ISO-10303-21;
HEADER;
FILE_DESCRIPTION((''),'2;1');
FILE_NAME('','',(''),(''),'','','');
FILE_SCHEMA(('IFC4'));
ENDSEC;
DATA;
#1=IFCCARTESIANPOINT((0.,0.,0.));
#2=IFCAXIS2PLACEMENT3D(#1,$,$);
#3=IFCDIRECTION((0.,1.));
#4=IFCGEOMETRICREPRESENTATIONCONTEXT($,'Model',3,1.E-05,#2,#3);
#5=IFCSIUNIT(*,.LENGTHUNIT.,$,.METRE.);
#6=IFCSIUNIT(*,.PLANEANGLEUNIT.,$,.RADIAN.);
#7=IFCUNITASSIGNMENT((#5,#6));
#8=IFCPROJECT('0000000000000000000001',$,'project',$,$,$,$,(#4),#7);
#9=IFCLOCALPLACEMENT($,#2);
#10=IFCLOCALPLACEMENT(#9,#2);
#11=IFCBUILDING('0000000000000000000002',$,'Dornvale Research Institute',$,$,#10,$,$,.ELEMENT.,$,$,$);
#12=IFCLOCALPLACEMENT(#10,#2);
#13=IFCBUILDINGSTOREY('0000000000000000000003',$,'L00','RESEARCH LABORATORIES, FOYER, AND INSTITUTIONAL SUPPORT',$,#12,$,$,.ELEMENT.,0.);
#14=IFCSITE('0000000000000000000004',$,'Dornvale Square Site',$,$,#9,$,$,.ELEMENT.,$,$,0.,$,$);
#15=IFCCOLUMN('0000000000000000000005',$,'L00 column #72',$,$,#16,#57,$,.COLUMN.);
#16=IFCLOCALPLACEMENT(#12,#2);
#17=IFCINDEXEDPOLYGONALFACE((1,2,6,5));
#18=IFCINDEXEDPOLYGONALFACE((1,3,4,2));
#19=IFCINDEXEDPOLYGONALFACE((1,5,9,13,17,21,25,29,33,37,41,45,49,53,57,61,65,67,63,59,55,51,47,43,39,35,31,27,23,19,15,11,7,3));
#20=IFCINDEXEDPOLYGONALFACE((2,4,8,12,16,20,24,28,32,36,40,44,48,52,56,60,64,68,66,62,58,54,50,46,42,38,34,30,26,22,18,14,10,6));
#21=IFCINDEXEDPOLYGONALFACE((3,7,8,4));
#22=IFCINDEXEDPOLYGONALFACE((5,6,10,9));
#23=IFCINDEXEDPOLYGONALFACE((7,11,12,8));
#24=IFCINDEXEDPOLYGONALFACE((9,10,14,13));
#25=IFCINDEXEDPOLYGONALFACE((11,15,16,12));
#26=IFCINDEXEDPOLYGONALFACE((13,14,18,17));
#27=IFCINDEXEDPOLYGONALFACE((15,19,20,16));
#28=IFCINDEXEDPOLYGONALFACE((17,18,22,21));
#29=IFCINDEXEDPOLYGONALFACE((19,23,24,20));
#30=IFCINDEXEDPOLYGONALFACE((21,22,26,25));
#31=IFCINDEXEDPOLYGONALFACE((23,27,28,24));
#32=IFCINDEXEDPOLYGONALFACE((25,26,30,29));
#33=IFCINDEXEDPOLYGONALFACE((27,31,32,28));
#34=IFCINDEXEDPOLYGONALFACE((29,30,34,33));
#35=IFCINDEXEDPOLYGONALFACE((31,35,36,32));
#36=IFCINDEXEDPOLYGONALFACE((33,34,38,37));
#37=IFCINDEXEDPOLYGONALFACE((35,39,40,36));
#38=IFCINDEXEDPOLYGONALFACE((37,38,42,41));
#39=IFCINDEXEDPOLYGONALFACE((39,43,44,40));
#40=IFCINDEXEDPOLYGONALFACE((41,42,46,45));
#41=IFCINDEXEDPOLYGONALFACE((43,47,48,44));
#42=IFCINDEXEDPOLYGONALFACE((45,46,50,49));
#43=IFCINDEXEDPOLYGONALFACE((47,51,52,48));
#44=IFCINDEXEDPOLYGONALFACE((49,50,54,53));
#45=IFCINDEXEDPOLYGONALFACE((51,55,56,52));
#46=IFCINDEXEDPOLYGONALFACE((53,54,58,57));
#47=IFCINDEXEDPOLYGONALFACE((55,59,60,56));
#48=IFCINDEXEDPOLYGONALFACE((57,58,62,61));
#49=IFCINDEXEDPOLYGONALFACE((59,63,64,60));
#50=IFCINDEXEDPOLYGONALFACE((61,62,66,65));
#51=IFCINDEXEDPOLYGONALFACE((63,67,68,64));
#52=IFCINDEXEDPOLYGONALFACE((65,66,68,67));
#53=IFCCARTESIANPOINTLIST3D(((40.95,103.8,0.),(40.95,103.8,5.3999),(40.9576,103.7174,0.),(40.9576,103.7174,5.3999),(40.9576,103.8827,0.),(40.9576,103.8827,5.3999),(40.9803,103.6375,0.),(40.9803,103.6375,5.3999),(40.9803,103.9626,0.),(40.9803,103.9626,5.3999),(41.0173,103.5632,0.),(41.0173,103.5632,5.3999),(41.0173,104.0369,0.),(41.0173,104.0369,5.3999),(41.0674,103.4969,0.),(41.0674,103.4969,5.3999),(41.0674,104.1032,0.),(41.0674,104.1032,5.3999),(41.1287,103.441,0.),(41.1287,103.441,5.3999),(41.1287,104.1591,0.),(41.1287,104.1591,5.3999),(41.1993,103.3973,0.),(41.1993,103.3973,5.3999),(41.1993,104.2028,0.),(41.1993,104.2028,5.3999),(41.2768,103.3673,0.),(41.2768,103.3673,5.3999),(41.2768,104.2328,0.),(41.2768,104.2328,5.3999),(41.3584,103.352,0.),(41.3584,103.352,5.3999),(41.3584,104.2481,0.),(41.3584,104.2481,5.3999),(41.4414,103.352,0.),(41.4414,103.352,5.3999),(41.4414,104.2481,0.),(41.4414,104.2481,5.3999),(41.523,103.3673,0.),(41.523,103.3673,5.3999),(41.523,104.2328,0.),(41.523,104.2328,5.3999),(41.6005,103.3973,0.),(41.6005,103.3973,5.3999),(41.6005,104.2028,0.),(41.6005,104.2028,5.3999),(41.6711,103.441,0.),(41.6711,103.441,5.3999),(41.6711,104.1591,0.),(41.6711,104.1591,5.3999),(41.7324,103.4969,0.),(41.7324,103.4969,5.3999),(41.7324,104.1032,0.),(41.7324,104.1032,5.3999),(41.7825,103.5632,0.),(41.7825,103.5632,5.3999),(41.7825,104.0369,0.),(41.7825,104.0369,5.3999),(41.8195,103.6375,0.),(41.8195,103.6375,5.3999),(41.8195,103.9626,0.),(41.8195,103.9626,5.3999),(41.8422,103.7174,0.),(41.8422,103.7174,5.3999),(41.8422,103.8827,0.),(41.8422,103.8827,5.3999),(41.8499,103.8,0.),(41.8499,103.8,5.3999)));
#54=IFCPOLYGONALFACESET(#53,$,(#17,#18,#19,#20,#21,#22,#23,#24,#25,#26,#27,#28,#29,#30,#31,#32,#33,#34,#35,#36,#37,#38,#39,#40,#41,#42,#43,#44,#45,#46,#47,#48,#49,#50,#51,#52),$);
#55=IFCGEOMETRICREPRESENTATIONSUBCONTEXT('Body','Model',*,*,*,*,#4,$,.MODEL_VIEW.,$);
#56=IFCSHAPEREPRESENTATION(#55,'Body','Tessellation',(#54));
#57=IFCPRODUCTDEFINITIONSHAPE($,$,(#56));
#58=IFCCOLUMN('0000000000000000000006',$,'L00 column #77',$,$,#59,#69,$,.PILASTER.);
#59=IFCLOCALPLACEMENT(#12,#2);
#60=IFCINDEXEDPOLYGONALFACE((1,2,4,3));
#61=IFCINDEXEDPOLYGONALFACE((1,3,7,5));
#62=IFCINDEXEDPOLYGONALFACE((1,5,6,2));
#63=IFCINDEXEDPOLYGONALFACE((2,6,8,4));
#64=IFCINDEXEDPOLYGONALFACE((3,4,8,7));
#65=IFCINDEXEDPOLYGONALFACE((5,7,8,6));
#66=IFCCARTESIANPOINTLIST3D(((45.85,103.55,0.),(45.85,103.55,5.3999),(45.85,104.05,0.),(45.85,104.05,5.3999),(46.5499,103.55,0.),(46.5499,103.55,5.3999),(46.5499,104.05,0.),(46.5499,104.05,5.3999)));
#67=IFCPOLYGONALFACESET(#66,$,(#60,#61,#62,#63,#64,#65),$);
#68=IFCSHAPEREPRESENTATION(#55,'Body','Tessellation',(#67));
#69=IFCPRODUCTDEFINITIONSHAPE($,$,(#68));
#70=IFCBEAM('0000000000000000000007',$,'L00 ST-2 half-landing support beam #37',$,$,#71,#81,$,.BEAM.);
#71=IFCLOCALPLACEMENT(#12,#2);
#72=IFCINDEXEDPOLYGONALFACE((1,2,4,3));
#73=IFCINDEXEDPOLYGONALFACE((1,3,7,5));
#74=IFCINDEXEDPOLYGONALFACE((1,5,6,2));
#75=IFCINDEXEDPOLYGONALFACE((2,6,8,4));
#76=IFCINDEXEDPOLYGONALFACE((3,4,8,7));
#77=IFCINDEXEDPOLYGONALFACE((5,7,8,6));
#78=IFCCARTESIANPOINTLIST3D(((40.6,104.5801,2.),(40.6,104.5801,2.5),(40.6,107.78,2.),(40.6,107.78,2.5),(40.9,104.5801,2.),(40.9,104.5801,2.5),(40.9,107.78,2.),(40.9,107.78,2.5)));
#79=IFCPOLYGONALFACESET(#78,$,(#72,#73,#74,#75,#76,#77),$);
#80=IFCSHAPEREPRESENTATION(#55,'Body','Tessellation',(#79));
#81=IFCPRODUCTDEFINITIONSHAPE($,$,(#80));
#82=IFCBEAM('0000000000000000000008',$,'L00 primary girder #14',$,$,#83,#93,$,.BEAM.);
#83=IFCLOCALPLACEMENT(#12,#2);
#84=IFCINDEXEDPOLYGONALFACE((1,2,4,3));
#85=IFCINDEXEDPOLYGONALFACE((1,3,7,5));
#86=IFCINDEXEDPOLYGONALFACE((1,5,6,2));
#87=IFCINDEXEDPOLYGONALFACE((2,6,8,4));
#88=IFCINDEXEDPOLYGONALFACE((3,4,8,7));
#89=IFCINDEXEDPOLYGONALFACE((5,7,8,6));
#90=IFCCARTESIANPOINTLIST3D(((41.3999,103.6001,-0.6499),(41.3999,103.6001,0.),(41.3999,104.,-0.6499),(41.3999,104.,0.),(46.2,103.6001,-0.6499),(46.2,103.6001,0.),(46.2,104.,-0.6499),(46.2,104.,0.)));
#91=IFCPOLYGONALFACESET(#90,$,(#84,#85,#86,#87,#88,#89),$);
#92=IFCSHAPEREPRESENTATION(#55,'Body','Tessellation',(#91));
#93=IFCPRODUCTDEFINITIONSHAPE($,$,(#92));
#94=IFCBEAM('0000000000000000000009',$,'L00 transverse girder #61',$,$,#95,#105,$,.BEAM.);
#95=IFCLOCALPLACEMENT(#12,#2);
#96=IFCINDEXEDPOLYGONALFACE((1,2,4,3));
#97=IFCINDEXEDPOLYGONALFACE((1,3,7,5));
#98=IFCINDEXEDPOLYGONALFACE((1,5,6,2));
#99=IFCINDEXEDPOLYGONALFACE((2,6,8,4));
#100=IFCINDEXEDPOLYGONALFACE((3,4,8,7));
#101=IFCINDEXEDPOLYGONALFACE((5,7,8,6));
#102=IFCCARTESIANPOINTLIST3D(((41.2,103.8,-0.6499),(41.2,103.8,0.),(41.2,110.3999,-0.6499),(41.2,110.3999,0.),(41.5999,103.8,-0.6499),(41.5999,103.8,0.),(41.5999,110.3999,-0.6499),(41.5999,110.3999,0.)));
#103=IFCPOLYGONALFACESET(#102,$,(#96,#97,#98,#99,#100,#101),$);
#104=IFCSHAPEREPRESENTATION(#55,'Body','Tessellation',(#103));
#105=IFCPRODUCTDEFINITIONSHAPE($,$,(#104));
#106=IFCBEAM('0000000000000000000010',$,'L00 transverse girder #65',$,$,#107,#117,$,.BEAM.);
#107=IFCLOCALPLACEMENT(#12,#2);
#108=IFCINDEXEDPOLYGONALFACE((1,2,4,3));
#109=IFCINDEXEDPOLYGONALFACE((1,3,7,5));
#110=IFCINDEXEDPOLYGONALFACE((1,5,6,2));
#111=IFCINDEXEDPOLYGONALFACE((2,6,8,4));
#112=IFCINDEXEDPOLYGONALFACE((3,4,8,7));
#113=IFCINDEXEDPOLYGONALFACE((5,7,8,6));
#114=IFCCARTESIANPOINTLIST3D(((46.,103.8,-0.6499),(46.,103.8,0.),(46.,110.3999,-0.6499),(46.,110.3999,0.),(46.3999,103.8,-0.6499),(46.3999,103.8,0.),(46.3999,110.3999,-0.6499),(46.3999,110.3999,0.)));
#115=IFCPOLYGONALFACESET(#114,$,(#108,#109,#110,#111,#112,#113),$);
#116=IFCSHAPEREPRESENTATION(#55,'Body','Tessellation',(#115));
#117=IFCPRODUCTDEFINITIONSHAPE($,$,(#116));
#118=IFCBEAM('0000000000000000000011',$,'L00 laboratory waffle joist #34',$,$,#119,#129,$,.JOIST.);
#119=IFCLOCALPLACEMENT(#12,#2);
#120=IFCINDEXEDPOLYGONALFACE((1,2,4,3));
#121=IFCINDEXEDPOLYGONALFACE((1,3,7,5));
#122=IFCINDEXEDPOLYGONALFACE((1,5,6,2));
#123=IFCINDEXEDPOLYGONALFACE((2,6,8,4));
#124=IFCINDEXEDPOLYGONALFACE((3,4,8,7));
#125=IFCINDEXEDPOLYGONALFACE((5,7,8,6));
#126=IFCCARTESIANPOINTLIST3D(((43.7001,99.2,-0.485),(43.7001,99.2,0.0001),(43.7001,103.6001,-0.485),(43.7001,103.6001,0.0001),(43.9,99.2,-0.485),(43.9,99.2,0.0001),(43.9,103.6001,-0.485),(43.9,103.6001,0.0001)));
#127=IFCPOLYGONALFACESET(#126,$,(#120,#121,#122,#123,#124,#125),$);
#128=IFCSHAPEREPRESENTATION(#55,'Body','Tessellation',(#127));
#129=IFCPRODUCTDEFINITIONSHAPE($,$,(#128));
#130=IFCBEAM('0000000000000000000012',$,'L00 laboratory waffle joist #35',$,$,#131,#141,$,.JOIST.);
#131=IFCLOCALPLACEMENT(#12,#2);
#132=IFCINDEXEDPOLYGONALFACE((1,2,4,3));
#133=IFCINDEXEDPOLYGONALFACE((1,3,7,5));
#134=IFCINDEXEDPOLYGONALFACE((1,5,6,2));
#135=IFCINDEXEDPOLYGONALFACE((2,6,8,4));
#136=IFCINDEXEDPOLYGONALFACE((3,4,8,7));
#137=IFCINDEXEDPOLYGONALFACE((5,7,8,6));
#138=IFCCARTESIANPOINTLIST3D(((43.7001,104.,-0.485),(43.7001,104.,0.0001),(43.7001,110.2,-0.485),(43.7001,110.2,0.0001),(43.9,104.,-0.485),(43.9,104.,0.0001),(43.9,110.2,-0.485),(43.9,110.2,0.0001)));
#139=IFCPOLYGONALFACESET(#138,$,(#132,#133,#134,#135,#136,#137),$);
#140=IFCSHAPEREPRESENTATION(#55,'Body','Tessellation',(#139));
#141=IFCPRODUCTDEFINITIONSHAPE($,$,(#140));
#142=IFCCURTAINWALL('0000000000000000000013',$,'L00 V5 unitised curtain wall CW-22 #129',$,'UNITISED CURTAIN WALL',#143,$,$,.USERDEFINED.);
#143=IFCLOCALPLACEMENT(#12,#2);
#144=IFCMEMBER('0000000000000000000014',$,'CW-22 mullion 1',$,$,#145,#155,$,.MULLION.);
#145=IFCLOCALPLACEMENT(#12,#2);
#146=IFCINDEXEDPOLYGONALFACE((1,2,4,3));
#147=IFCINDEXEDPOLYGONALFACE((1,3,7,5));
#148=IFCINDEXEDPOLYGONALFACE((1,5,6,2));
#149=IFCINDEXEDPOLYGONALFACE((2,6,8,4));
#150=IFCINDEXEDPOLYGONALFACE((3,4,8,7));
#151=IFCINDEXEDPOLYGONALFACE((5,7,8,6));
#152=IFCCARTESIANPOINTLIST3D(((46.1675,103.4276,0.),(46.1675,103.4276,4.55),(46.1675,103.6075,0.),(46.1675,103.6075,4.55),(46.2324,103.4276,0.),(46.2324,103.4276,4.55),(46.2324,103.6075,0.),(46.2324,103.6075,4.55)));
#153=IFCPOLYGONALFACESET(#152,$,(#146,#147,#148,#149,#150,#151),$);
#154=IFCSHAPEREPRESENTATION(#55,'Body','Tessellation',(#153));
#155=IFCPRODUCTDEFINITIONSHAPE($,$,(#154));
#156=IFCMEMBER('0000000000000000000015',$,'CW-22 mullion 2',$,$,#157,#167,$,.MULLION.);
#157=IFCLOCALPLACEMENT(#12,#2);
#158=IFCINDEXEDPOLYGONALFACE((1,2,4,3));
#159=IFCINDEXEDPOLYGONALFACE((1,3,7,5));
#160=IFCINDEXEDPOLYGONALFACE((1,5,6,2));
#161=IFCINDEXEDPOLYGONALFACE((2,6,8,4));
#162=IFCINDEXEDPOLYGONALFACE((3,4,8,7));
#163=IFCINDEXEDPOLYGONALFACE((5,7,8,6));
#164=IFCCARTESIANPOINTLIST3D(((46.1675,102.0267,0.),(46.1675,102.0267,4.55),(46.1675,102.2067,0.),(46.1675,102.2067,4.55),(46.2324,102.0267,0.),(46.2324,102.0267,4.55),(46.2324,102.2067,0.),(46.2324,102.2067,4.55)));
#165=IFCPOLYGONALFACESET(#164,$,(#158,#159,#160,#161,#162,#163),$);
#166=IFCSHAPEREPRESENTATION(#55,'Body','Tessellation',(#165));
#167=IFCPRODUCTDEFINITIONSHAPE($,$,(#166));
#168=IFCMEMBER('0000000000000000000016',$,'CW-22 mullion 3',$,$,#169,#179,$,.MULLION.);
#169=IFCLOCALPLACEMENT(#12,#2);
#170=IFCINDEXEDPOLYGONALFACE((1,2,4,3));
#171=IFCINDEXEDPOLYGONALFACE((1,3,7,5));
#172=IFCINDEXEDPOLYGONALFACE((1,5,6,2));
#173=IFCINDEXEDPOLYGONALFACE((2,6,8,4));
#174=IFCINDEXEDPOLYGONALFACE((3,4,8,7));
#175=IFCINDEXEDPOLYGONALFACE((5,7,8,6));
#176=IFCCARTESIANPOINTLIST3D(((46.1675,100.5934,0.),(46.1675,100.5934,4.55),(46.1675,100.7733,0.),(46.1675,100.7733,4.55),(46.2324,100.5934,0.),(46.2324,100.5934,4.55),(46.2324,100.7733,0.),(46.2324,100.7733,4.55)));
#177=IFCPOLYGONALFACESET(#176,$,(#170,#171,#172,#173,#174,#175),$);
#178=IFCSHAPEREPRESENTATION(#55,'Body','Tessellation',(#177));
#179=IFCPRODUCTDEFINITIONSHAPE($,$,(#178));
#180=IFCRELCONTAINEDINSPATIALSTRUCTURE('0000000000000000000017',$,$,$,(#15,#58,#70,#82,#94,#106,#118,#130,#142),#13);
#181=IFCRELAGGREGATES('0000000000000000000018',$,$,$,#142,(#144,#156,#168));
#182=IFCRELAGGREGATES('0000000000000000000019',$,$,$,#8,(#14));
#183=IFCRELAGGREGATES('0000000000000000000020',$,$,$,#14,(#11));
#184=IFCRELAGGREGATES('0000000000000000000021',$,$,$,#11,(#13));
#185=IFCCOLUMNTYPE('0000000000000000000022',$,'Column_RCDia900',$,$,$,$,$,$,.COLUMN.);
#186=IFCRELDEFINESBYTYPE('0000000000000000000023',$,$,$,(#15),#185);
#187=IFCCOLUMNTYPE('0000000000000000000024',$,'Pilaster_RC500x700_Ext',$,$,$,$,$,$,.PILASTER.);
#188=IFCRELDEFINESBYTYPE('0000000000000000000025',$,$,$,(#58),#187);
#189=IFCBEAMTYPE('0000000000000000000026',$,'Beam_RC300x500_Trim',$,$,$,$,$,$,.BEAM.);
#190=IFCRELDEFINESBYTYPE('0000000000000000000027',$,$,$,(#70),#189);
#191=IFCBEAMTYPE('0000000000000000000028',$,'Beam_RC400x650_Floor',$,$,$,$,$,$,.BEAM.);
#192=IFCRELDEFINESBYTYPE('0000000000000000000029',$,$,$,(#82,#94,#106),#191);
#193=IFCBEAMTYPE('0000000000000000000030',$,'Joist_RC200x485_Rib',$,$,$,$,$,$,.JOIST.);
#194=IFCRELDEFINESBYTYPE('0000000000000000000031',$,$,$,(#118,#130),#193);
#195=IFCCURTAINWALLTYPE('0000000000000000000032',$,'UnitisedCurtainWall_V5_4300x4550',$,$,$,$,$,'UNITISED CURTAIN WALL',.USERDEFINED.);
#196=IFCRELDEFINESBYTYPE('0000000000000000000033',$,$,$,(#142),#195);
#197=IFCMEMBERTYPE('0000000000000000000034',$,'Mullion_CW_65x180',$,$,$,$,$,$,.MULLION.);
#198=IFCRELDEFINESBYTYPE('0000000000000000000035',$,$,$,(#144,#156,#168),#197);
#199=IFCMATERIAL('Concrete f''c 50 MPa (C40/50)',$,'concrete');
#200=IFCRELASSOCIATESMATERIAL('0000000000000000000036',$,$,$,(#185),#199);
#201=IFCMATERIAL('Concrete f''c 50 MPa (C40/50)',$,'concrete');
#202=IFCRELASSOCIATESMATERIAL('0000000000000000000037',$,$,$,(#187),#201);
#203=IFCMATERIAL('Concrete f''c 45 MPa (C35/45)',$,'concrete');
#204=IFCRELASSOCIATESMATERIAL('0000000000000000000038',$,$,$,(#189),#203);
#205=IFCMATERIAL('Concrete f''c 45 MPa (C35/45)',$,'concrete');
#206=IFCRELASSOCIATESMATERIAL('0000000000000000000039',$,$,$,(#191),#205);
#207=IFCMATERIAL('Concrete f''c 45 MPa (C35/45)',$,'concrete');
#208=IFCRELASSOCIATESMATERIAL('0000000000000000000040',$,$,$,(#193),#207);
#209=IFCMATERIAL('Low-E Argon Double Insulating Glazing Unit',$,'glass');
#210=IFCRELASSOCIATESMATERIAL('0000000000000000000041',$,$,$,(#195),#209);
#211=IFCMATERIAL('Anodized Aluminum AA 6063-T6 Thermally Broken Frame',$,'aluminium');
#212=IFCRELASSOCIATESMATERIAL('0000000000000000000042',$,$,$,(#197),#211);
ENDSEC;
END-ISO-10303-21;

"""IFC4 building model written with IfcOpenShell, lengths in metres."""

from ifc_helpers import new_model, si_unit, direction, frame, origin, origin_2d, place, context, subcontext, project, spatial, rectangle, circle, extrude, material, material_profile, profile_set, type_object, element, aggregate, save


model = new_model("IFC4")

# Units and contexts
model_context = context("Model", 3, precision=1e-05, world=origin(), true_north=direction((0.0, 1.0)))
body_context = subcontext(model_context, "Body", "Model", "MODEL_VIEW")
ifc_project = project(units=[si_unit("LENGTHUNIT", "METRE"), si_unit("PLANEANGLEUNIT", "RADIAN")], contexts=[model_context])

# Site, building, storey
site_placement = place(None, origin())
site = spatial("IfcSite", under=ifc_project, at=site_placement, Name="Dornvale Square Site", CompositionType="ELEMENT", RefElevation=0.0)
building_placement = place(site_placement, origin())
building = spatial("IfcBuilding", under=site, at=building_placement, Name="Dornvale Research Institute", CompositionType="ELEMENT")
storey_placement = place(building_placement, origin())
storey = spatial("IfcBuildingStorey", under=building, at=storey_placement, Name="L00", Description="RESEARCH LABORATORIES, FOYER, AND INSTITUTIONAL SUPPORT", CompositionType="ELEMENT", Elevation=0.0)

# Columns
ifc_material_1 = material(Name="Concrete f'c 50 MPa (C40/50)", Category="concrete")
ifc_material_profile_1 = material_profile(ifc_material_1, circle(Radius=0.45, at=origin_2d()), Name="RC DIA 900")
ifc_profile_set_1 = profile_set([ifc_material_profile_1], Name="Concrete f'c 50 MPa (C40/50)")
column_type_1 = type_object("IfcColumnType", Name="Column_RCDia900", PredefinedType="COLUMN", material=ifc_profile_set_1)
column_1_placement = place(storey_placement, frame((41.3999, 103.8, 0.0), z_axis=(0.0, 0.0, 1.0), x_axis=(1.0, 0.0, 0.0)))
element("IfcColumn", 1, at=column_1_placement, inside=storey, type_object=column_type_1, Name="L00 column #72", PredefinedType="COLUMN", context=body_context, shape_type="SweptSolid", body=[
    extrude(circle(Radius=0.45, at=origin_2d()), origin(), (0.0, 0.0, 1.0), 5.3999),
])
ifc_material_2 = material(Name="Concrete f'c 50 MPa (C40/50)", Category="concrete")
ifc_material_profile_2 = material_profile(ifc_material_2, rectangle(XDim=0.5, YDim=0.7, at=origin_2d()), Name="RC 500x700")
ifc_profile_set_2 = profile_set([ifc_material_profile_2], Name="Concrete f'c 50 MPa (C40/50)")
column_type_2 = type_object("IfcColumnType", Name="Pilaster_RC500x700_Ext", PredefinedType="PILASTER", material=ifc_profile_set_2)
column_2_placement = place(storey_placement, frame((46.2, 103.8, 0.0), z_axis=(0.0, 0.0, 1.0), x_axis=(0.0, 1.0, 0.0)))
element("IfcColumn", 2, at=column_2_placement, inside=storey, type_object=column_type_2, Name="L00 column #77", PredefinedType="PILASTER", context=body_context, shape_type="SweptSolid", body=[
    extrude(rectangle(XDim=0.5, YDim=0.7, at=origin_2d()), origin(), (0.0, 0.0, 1.0), 5.3999),
])

# Beams
ifc_material_3 = material(Name="Concrete f'c 45 MPa (C35/45)", Category="concrete")
ifc_material_profile_3 = material_profile(ifc_material_3, rectangle(XDim=0.3, YDim=0.5, at=origin_2d()), Name="RC 300x500")
ifc_profile_set_3 = profile_set([ifc_material_profile_3], Name="Concrete f'c 45 MPa (C35/45)")
beam_type_1 = type_object("IfcBeamType", Name="Beam_RC300x500_Trim", PredefinedType="BEAM", material=ifc_profile_set_3)
beam_1_placement = place(storey_placement, frame((40.75, 104.5801, 2.25), z_axis=(0.0, 1.0, 0.0), x_axis=(-1.0, 0.0, 0.0)))
element("IfcBeam", 3, at=beam_1_placement, inside=storey, type_object=beam_type_1, Name="L00 ST-2 half-landing support beam #37", PredefinedType="BEAM", context=body_context, shape_type="SweptSolid", body=[
    extrude(rectangle(XDim=0.3, YDim=0.5, at=origin_2d()), origin(), (0.0, 0.0, 1.0), 3.2),
])
ifc_material_4 = material(Name="Concrete f'c 45 MPa (C35/45)", Category="concrete")
ifc_material_profile_4 = material_profile(ifc_material_4, rectangle(XDim=0.3999, YDim=0.6499, at=origin_2d()), Name="RC 400x650")
ifc_profile_set_4 = profile_set([ifc_material_profile_4], Name="Concrete f'c 45 MPa (C35/45)")
beam_type_2 = type_object("IfcBeamType", Name="Beam_RC400x650_Floor", PredefinedType="BEAM", material=ifc_profile_set_4)
beam_2_placement = place(storey_placement, frame((41.3999, 103.8, -0.325), z_axis=(1.0, 0.0, 0.0), x_axis=(0.0, 1.0, 0.0)))
element("IfcBeam", 4, at=beam_2_placement, inside=storey, type_object=beam_type_2, Name="L00 primary girder #14", PredefinedType="BEAM", context=body_context, shape_type="SweptSolid", body=[
    extrude(rectangle(XDim=0.3999, YDim=0.6499, at=origin_2d()), origin(), (0.0, 0.0, 1.0), 4.8),
])
for number, where, z_axis, x_axis, name in (
    (5, (41.3999, 103.8, -0.325), (0.0, 1.0, 0.0), (-1.0, 0.0, 0.0), "L00 transverse girder #61"),
    (6, (46.2, 103.8, -0.325), (0.0, 1.0, 0.0), (-1.0, 0.0, 0.0), "L00 transverse girder #65"),
):
    element("IfcBeam", number, at=place(storey_placement, frame(where, z_axis=z_axis, x_axis=x_axis)), inside=storey, type_object=beam_type_2, Name=name, PredefinedType="BEAM", context=body_context, shape_type="SweptSolid", body=[
        extrude(rectangle(XDim=0.3999, YDim=0.6499, at=origin_2d()), origin(), (0.0, 0.0, 1.0), 6.5999),
    ])
ifc_material_5 = material(Name="Concrete f'c 45 MPa (C35/45)", Category="concrete")
ifc_material_profile_5 = material_profile(ifc_material_5, rectangle(XDim=0.2, YDim=0.4851, at=origin_2d()), Name="RC 200x485")
ifc_profile_set_5 = profile_set([ifc_material_profile_5], Name="Concrete f'c 45 MPa (C35/45)")
beam_type_3 = type_object("IfcBeamType", Name="Joist_RC200x485_Rib", PredefinedType="JOIST", material=ifc_profile_set_5)
beam_3_placement = place(storey_placement, frame((43.8, 99.2, -0.2424), z_axis=(0.0, 1.0, 0.0), x_axis=(-1.0, 0.0, 0.0)))
element("IfcBeam", 7, at=beam_3_placement, inside=storey, type_object=beam_type_3, Name="L00 laboratory waffle joist #34", PredefinedType="JOIST", context=body_context, shape_type="SweptSolid", body=[
    extrude(rectangle(XDim=0.2, YDim=0.4851, at=origin_2d()), origin(), (0.0, 0.0, 1.0), 4.4001),
])
beam_4_placement = place(storey_placement, frame((43.8, 104.0, -0.2424), z_axis=(0.0, 1.0, 0.0), x_axis=(-1.0, 0.0, 0.0)))
element("IfcBeam", 8, at=beam_4_placement, inside=storey, type_object=beam_type_3, Name="L00 laboratory waffle joist #35", PredefinedType="JOIST", context=body_context, shape_type="SweptSolid", body=[
    extrude(rectangle(XDim=0.2, YDim=0.4851, at=origin_2d()), origin(), (0.0, 0.0, 1.0), 6.2),
])

# Curtain wall, members
ifc_material_6 = material(Name="Low-E Argon Double Insulating Glazing Unit", Category="glass")
curtain_wall_type = type_object("IfcCurtainWallType", Name="UnitisedCurtainWall_V5_4300x4550", ElementType="UNITISED CURTAIN WALL", PredefinedType="USERDEFINED", material=ifc_material_6)
curtain_wall_placement = place(storey_placement, origin())
curtain_wall = element("IfcCurtainWall", 9, at=curtain_wall_placement, inside=storey, type_object=curtain_wall_type, Name="L00 V5 unitised curtain wall CW-22 #129", ObjectType="UNITISED CURTAIN WALL", PredefinedType="USERDEFINED")
ifc_material_7 = material(Name="Anodized Aluminum AA 6063-T6 Thermally Broken Frame", Category="aluminium")
ifc_material_profile_6 = material_profile(ifc_material_7, rectangle(XDim=0.0649, YDim=0.1799, at=origin_2d()), Name="ALU MULLION 65x180")
ifc_profile_set_6 = profile_set([ifc_material_profile_6], Name="Anodized Aluminum AA 6063-T6 Thermally Broken Frame")
member_type_1 = type_object("IfcMemberType", Name="Mullion_CW_65x180", PredefinedType="MULLION", material=ifc_profile_set_6)
member_1_placement = place(storey_placement, frame((46.2, 103.5176, 0.0), z_axis=(0.0, 0.0, 1.0), x_axis=(1.0, 0.0, 0.0)))
member_1 = element("IfcMember", 10, at=member_1_placement, type_object=member_type_1, Name="CW-22 mullion 1", PredefinedType="MULLION", context=body_context, shape_type="SweptSolid", body=[
    extrude(rectangle(XDim=0.0649, YDim=0.1799, at=origin_2d()), origin(), (0.0, 0.0, 1.0), 4.55),
])
member_2_placement = place(storey_placement, frame((46.2, 102.1167, 0.0), z_axis=(0.0, 0.0, 1.0), x_axis=(1.0, 0.0, 0.0)))
member_2 = element("IfcMember", 11, at=member_2_placement, type_object=member_type_1, Name="CW-22 mullion 2", PredefinedType="MULLION", context=body_context, shape_type="SweptSolid", body=[
    extrude(rectangle(XDim=0.0649, YDim=0.1799, at=origin_2d()), origin(), (0.0, 0.0, 1.0), 4.55),
])
member_3_placement = place(storey_placement, frame((46.2, 100.6833, 0.0), z_axis=(0.0, 0.0, 1.0), x_axis=(1.0, 0.0, 0.0)))
member_3 = element("IfcMember", 12, at=member_3_placement, type_object=member_type_1, Name="CW-22 mullion 3", PredefinedType="MULLION", context=body_context, shape_type="SweptSolid", body=[
    extrude(rectangle(XDim=0.0649, YDim=0.1799, at=origin_2d()), origin(), (0.0, 0.0, 1.0), 4.55),
])
aggregate(curtain_wall, [member_1, member_2, member_3])

save(model, "model.ifc")
